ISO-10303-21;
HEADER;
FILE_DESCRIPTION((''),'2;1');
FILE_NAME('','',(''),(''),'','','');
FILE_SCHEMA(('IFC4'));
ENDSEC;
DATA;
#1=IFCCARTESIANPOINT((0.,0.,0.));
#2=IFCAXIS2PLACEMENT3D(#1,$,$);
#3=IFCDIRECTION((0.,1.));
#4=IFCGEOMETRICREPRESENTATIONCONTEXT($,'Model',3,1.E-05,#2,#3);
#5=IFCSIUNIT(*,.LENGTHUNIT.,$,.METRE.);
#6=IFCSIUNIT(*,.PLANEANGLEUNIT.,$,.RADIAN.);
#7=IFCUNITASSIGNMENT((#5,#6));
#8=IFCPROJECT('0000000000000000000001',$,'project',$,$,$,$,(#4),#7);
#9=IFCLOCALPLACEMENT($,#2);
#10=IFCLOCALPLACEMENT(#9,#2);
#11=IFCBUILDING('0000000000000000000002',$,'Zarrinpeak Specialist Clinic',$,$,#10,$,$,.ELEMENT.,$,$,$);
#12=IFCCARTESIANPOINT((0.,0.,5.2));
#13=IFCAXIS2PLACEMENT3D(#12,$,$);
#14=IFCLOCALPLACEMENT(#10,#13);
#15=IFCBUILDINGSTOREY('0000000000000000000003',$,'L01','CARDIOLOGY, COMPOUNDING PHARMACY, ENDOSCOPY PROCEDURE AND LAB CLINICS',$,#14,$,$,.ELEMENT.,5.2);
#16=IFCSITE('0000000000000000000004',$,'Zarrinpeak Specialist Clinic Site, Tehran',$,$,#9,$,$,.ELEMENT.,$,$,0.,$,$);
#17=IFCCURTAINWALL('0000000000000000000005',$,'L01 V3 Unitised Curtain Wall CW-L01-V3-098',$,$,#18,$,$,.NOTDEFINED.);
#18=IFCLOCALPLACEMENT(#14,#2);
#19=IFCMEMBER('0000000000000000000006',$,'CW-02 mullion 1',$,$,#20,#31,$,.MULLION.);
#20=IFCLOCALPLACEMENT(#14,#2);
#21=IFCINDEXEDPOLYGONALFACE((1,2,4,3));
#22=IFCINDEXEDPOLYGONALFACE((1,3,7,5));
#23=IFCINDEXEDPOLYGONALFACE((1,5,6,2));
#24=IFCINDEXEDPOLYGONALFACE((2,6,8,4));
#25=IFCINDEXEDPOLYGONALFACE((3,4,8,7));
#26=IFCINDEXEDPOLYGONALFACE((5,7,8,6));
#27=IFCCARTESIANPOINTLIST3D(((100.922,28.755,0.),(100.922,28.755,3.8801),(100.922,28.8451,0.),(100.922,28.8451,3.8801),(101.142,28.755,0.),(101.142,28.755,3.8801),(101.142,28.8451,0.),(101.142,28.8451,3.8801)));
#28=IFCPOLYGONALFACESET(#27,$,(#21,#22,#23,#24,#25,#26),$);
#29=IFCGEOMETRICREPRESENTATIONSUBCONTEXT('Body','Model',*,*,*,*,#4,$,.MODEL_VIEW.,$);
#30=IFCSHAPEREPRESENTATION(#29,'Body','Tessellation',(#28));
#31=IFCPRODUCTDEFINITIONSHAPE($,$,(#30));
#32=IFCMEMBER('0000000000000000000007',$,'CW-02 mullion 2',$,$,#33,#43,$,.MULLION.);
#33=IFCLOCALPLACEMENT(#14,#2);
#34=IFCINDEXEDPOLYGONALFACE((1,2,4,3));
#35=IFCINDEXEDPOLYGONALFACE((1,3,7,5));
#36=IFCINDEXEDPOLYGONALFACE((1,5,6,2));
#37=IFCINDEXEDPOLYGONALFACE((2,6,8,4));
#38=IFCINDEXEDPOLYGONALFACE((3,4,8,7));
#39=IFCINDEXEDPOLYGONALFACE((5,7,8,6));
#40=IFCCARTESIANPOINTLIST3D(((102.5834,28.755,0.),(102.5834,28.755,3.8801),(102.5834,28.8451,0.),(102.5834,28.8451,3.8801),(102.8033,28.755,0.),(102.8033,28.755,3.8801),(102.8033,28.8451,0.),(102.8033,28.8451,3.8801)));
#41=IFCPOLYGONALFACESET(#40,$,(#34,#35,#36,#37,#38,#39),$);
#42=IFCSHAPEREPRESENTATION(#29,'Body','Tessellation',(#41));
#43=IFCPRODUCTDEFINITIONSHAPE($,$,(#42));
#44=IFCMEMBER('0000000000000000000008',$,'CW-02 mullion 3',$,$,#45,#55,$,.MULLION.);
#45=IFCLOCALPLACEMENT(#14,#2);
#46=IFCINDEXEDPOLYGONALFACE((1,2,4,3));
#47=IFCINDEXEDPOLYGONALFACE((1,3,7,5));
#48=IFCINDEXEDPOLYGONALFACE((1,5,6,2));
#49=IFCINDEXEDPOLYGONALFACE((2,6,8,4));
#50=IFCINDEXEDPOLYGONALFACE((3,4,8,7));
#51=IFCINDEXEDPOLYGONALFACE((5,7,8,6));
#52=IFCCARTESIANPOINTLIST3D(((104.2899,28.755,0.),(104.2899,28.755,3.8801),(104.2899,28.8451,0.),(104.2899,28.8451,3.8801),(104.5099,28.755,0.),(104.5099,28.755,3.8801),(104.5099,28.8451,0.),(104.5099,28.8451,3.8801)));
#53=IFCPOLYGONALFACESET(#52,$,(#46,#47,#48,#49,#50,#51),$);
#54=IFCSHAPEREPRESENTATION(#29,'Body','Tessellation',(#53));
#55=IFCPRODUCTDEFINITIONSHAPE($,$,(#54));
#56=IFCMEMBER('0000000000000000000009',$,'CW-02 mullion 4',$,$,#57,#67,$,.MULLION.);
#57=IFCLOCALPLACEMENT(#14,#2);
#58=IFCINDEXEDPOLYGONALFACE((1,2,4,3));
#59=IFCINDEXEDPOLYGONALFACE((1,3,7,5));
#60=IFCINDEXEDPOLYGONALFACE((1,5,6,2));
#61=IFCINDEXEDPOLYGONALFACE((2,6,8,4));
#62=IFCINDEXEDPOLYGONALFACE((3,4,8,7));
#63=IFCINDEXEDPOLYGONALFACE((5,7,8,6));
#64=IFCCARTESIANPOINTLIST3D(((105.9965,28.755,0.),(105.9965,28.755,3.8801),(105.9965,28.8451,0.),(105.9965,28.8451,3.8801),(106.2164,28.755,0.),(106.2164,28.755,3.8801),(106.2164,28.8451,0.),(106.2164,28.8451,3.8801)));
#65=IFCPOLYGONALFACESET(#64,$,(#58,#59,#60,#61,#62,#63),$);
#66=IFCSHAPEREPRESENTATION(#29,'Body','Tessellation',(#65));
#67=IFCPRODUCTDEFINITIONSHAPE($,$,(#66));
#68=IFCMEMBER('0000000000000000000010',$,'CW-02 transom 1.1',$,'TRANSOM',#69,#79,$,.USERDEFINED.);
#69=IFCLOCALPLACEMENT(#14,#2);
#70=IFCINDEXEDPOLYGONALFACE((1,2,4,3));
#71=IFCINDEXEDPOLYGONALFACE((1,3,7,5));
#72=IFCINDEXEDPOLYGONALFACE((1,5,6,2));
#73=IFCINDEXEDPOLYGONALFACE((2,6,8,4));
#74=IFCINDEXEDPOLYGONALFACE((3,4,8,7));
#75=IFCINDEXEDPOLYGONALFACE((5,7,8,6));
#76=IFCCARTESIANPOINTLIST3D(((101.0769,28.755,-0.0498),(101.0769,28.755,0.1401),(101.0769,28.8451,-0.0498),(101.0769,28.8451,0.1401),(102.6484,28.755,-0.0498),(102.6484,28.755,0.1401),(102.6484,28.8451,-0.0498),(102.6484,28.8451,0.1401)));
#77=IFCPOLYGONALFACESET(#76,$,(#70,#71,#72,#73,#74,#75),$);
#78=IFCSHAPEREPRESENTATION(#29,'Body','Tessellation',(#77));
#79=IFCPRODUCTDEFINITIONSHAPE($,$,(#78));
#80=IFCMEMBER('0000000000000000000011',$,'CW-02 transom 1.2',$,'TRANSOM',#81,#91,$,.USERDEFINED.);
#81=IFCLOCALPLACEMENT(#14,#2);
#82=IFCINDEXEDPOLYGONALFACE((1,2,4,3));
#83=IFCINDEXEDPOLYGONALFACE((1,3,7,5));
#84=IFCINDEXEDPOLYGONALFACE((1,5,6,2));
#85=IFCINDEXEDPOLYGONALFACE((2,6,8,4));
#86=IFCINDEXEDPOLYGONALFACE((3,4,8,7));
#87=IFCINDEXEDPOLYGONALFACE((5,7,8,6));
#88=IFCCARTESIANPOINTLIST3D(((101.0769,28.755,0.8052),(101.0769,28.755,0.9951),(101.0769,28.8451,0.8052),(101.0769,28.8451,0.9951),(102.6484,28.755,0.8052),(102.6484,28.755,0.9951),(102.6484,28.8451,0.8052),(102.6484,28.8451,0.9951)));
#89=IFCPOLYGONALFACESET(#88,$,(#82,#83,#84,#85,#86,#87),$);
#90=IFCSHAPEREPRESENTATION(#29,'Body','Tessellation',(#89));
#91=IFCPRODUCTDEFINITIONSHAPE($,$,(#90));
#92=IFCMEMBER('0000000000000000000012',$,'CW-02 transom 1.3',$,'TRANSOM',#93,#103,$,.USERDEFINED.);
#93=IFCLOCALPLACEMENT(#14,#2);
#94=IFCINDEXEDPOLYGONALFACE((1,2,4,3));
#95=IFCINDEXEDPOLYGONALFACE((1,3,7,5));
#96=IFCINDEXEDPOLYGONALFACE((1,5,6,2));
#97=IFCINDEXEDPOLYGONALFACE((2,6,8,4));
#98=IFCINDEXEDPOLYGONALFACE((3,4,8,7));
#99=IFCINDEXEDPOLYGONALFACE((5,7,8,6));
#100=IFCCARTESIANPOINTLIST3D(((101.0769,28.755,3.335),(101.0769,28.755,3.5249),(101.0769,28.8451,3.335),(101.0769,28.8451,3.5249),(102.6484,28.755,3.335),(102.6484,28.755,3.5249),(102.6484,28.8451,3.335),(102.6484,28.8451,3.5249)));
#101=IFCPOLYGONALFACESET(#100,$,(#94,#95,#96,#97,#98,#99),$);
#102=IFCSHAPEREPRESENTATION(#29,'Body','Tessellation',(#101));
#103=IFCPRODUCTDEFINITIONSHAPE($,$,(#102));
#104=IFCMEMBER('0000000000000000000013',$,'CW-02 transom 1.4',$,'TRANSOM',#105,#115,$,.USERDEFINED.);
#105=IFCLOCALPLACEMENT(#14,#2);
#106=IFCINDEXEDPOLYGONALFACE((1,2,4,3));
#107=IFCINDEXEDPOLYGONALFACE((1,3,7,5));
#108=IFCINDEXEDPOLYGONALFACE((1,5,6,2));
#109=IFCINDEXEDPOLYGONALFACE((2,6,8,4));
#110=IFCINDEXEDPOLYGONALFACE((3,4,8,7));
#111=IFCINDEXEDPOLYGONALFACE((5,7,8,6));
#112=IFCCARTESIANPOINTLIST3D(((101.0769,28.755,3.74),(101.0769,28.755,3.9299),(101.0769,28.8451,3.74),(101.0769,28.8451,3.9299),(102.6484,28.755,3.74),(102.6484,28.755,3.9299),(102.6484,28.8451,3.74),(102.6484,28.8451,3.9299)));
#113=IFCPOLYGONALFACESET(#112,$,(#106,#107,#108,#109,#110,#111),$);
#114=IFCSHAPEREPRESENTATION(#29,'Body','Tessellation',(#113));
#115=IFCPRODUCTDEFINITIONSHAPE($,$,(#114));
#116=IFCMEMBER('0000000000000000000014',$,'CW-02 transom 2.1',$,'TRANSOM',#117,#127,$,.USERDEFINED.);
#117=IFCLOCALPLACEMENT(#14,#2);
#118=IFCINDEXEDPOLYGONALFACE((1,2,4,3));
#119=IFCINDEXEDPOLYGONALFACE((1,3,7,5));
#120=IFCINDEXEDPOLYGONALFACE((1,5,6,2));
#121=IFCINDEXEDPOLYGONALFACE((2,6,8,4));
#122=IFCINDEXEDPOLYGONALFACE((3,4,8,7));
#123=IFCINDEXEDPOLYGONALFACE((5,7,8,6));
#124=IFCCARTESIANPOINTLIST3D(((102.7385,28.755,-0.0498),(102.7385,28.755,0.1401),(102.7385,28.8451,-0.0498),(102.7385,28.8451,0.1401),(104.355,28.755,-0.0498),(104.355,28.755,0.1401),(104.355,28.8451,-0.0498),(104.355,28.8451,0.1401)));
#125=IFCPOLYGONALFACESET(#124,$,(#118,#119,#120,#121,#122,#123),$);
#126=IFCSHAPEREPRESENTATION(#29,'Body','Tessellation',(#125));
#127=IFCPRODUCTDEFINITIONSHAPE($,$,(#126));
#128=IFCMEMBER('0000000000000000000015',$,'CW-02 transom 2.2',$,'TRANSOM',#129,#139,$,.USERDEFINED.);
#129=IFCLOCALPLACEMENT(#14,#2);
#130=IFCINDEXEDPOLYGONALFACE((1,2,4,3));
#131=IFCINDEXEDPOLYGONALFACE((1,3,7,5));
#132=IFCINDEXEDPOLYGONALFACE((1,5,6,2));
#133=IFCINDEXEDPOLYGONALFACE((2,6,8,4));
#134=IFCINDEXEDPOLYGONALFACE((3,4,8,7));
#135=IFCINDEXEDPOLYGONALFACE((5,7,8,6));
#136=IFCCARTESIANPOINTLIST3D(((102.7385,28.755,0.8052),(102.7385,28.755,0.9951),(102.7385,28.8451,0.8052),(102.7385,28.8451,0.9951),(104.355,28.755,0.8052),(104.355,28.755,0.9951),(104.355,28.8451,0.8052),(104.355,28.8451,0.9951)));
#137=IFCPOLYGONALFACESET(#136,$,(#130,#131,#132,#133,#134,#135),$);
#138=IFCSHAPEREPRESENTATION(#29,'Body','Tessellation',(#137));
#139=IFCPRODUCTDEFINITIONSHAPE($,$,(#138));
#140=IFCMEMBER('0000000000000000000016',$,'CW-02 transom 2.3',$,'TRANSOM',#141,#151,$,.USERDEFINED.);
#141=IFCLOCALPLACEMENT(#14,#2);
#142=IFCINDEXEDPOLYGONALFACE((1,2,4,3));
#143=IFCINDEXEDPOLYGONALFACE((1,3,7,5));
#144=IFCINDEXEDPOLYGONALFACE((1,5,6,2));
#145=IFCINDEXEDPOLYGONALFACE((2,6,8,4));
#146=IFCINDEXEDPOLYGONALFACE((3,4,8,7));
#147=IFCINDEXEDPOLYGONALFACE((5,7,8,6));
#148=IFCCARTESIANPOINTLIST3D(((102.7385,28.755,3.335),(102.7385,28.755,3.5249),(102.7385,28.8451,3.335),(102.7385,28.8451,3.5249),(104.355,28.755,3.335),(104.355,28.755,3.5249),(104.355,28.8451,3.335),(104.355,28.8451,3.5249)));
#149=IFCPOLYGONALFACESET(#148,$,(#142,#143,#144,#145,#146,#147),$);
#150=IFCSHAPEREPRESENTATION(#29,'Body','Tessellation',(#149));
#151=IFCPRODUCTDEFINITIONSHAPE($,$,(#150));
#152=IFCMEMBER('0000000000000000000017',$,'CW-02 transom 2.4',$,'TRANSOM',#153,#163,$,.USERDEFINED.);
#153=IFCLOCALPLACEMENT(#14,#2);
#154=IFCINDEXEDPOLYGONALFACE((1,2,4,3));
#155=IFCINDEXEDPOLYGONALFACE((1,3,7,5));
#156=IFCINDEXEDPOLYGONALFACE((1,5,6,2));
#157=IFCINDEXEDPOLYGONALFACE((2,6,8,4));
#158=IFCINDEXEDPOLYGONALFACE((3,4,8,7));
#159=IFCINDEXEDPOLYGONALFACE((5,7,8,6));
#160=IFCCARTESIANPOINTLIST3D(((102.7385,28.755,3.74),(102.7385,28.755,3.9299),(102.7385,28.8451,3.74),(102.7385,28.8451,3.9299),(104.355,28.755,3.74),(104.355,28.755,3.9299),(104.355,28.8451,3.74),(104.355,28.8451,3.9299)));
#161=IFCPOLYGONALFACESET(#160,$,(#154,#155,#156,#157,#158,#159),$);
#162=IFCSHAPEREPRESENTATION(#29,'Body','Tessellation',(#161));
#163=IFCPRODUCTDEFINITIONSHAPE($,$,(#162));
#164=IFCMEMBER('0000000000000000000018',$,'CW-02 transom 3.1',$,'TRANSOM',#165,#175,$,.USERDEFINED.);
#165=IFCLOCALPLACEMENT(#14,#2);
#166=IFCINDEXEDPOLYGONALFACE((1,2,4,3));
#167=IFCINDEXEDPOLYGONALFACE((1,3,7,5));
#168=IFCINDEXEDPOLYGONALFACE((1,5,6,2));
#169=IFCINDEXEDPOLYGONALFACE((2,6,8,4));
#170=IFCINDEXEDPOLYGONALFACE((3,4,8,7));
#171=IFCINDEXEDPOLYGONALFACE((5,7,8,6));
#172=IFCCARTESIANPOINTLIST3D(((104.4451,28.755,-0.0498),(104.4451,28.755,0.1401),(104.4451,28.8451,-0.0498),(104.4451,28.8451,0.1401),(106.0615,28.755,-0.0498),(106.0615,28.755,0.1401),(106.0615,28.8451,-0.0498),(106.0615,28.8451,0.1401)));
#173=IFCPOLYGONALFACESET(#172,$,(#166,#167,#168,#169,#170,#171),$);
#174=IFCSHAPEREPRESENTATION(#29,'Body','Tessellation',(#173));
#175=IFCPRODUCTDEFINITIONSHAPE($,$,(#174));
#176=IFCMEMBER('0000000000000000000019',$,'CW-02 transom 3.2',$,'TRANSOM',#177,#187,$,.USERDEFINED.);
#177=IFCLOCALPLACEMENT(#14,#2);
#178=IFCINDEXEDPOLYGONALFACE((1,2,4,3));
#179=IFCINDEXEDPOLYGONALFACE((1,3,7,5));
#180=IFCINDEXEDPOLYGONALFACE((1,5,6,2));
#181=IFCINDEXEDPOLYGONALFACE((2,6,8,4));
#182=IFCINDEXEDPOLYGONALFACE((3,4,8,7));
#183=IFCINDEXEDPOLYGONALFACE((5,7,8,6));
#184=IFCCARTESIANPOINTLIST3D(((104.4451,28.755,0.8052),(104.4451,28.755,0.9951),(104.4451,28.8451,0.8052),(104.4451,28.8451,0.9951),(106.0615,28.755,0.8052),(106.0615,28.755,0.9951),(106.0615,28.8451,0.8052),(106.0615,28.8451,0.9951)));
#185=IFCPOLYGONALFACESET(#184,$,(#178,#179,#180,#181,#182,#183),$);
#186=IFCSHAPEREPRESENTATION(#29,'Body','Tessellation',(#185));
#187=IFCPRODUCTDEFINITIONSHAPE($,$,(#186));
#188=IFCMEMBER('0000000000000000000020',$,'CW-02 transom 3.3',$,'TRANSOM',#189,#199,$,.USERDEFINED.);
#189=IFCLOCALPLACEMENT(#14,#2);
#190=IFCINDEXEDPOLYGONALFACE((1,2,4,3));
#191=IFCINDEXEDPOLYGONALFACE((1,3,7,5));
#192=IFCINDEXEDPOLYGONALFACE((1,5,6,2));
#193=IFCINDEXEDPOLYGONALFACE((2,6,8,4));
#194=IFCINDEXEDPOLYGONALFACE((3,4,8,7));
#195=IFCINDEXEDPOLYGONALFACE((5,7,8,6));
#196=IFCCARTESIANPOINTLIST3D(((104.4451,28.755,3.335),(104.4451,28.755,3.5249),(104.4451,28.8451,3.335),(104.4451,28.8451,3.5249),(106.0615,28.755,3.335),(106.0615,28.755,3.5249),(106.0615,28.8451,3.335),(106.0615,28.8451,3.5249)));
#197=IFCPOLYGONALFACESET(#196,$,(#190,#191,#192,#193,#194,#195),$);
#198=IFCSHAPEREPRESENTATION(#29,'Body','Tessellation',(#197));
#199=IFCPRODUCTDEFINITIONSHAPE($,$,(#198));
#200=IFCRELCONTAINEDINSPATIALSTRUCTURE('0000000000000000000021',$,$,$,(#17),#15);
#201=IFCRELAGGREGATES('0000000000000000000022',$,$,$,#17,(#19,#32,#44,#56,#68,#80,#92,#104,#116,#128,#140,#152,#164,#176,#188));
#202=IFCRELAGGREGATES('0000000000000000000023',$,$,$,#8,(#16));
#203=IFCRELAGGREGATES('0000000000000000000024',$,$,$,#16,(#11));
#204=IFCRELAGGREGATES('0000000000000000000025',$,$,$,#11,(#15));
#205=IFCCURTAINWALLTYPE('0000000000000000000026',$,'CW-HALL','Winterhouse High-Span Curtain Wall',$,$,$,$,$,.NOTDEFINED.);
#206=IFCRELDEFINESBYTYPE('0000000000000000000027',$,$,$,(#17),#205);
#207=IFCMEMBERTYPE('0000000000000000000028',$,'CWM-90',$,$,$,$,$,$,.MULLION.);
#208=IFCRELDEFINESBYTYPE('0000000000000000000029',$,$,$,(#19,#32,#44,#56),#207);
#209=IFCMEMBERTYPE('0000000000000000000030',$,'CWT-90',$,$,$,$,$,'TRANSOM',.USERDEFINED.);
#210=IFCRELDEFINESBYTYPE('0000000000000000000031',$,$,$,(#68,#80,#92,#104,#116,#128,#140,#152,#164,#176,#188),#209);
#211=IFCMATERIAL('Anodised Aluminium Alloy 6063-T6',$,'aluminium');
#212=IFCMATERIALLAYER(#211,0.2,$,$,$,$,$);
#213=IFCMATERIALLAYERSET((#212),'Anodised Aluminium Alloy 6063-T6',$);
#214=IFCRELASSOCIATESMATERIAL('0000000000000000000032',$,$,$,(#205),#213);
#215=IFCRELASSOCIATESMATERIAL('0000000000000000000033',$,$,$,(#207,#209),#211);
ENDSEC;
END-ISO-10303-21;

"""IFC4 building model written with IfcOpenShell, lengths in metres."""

from ifc_helpers import new_model, si_unit, direction, frame, origin, origin_2d, place, context, subcontext, project, spatial, rectangle, extrude, material, layer, layer_set, material_profile, profile_set, type_object, element, aggregate, save


model = new_model("IFC4")

# Units and contexts
model_context = context("Model", 3, precision=1e-05, world=origin(), true_north=direction((0.0, 1.0)))
body_context = subcontext(model_context, "Body", "Model", "MODEL_VIEW")
ifc_project = project(units=[si_unit("LENGTHUNIT", "METRE"), si_unit("PLANEANGLEUNIT", "RADIAN")], contexts=[model_context])

# Site, building, storey
site_placement = place(None, origin())
site = spatial("IfcSite", under=ifc_project, at=site_placement, Name="Zarrinpeak Specialist Clinic Site, Tehran", CompositionType="ELEMENT", RefElevation=0.0)
building_placement = place(site_placement, origin())
building = spatial("IfcBuilding", under=site, at=building_placement, Name="Zarrinpeak Specialist Clinic", CompositionType="ELEMENT")
storey_placement = place(building_placement, frame((0.0, 0.0, 5.2)))
storey = spatial("IfcBuildingStorey", under=building, at=storey_placement, Name="L01", Description="CARDIOLOGY, COMPOUNDING PHARMACY, ENDOSCOPY PROCEDURE AND LAB CLINICS", CompositionType="ELEMENT", Elevation=5.2)

# Curtain wall, members
ifc_material_1 = material(Name="Anodised Aluminium Alloy 6063-T6", Category="aluminium")
ifc_layer_1 = layer(ifc_material_1, 0.2)
ifc_layer_set_1 = layer_set([ifc_layer_1], Name="Anodised Aluminium Alloy 6063-T6")
curtain_wall_type = type_object("IfcCurtainWallType", Name="CW-HALL", Description="Winterhouse High-Span Curtain Wall", PredefinedType="NOTDEFINED", material=ifc_layer_set_1)
curtain_wall_placement = place(storey_placement, origin())
curtain_wall = element("IfcCurtainWall", 1, at=curtain_wall_placement, inside=storey, type_object=curtain_wall_type, Name="L01 V3 Unitised Curtain Wall CW-L01-V3-098", PredefinedType="NOTDEFINED")
ifc_material_profile_1 = material_profile(ifc_material_1, rectangle(XDim=0.0901, YDim=0.22, at=origin_2d()), Name="ALU 90x220")
ifc_profile_set_1 = profile_set([ifc_material_profile_1], Name="Anodised Aluminium Alloy 6063-T6")
member_type_1 = type_object("IfcMemberType", Name="CWM-90", PredefinedType="MULLION", material=ifc_profile_set_1)
member_1_placement = place(storey_placement, frame((101.032, 28.8, 0.0), z_axis=(0.0, 0.0, 1.0), x_axis=(0.0, 1.0, 0.0)))
member_1 = element("IfcMember", 2, at=member_1_placement, type_object=member_type_1, Name="CW-02 mullion 1", PredefinedType="MULLION", context=body_context, shape_type="SweptSolid", body=[
    extrude(rectangle(XDim=0.0901, YDim=0.22, at=origin_2d()), origin(), (0.0, 0.0, 1.0), 3.8801),
])
member_2_placement = place(storey_placement, frame((102.6934, 28.8, 0.0), z_axis=(0.0, 0.0, 1.0), x_axis=(0.0, 1.0, 0.0)))
member_2 = element("IfcMember", 3, at=member_2_placement, type_object=member_type_1, Name="CW-02 mullion 2", PredefinedType="MULLION", context=body_context, shape_type="SweptSolid", body=[
    extrude(rectangle(XDim=0.0901, YDim=0.22, at=origin_2d()), origin(), (0.0, 0.0, 1.0), 3.8801),
])
member_3_placement = place(storey_placement, frame((104.3999, 28.8, 0.0), z_axis=(0.0, 0.0, 1.0), x_axis=(0.0, 1.0, 0.0)))
member_3 = element("IfcMember", 4, at=member_3_placement, type_object=member_type_1, Name="CW-02 mullion 3", PredefinedType="MULLION", context=body_context, shape_type="SweptSolid", body=[
    extrude(rectangle(XDim=0.0901, YDim=0.22, at=origin_2d()), origin(), (0.0, 0.0, 1.0), 3.8801),
])
member_4_placement = place(storey_placement, frame((106.1064, 28.8, 0.0), z_axis=(0.0, 0.0, 1.0), x_axis=(0.0, 1.0, 0.0)))
member_4 = element("IfcMember", 5, at=member_4_placement, type_object=member_type_1, Name="CW-02 mullion 4", PredefinedType="MULLION", context=body_context, shape_type="SweptSolid", body=[
    extrude(rectangle(XDim=0.0901, YDim=0.22, at=origin_2d()), origin(), (0.0, 0.0, 1.0), 3.8801),
])
ifc_material_profile_2 = material_profile(ifc_material_1, rectangle(XDim=0.0901, YDim=0.1899, at=origin_2d()), Name="ALU 90x190")
ifc_profile_set_2 = profile_set([ifc_material_profile_2], Name="Anodised Aluminium Alloy 6063-T6")
member_type_2 = type_object("IfcMemberType", Name="CWT-90", ElementType="TRANSOM", PredefinedType="USERDEFINED", material=ifc_profile_set_2)
member_5_placement = place(storey_placement, frame((101.0769, 28.8, 0.0452), z_axis=(1.0, 0.0, 0.0), x_axis=(0.0, 1.0, 0.0)))
member_5 = element("IfcMember", 6, at=member_5_placement, type_object=member_type_2, Name="CW-02 transom 1.1", ObjectType="TRANSOM", PredefinedType="USERDEFINED", context=body_context, shape_type="SweptSolid", body=[
    extrude(rectangle(XDim=0.0901, YDim=0.1899, at=origin_2d()), origin(), (0.0, 0.0, 1.0), 1.5715),
])
member_6_placement = place(storey_placement, frame((101.0769, 28.8, 0.9001), z_axis=(1.0, 0.0, 0.0), x_axis=(0.0, 1.0, 0.0)))
member_6 = element("IfcMember", 7, at=member_6_placement, type_object=member_type_2, Name="CW-02 transom 1.2", ObjectType="TRANSOM", PredefinedType="USERDEFINED", context=body_context, shape_type="SweptSolid", body=[
    extrude(rectangle(XDim=0.0901, YDim=0.1899, at=origin_2d()), origin(), (0.0, 0.0, 1.0), 1.5715),
])
member_7_placement = place(storey_placement, frame((101.0769, 28.8, 3.4299), z_axis=(1.0, 0.0, 0.0), x_axis=(0.0, 1.0, 0.0)))
member_7 = element("IfcMember", 8, at=member_7_placement, type_object=member_type_2, Name="CW-02 transom 1.3", ObjectType="TRANSOM", PredefinedType="USERDEFINED", context=body_context, shape_type="SweptSolid", body=[
    extrude(rectangle(XDim=0.0901, YDim=0.1899, at=origin_2d()), origin(), (0.0, 0.0, 1.0), 1.5715),
])
member_8_placement = place(storey_placement, frame((101.0769, 28.8, 3.835), z_axis=(1.0, 0.0, 0.0), x_axis=(0.0, 1.0, 0.0)))
member_8 = element("IfcMember", 9, at=member_8_placement, type_object=member_type_2, Name="CW-02 transom 1.4", ObjectType="TRANSOM", PredefinedType="USERDEFINED", context=body_context, shape_type="SweptSolid", body=[
    extrude(rectangle(XDim=0.0901, YDim=0.1899, at=origin_2d()), origin(), (0.0, 0.0, 1.0), 1.5715),
])
member_9_placement = place(storey_placement, frame((102.7385, 28.8, 0.0452), z_axis=(1.0, 0.0, 0.0), x_axis=(0.0, 1.0, 0.0)))
member_9 = element("IfcMember", 10, at=member_9_placement, type_object=member_type_2, Name="CW-02 transom 2.1", ObjectType="TRANSOM", PredefinedType="USERDEFINED", context=body_context, shape_type="SweptSolid", body=[
    extrude(rectangle(XDim=0.0901, YDim=0.1899, at=origin_2d()), origin(), (0.0, 0.0, 1.0), 1.6165),
])
member_10_placement = place(storey_placement, frame((102.7385, 28.8, 0.9001), z_axis=(1.0, 0.0, 0.0), x_axis=(0.0, 1.0, 0.0)))
member_10 = element("IfcMember", 11, at=member_10_placement, type_object=member_type_2, Name="CW-02 transom 2.2", ObjectType="TRANSOM", PredefinedType="USERDEFINED", context=body_context, shape_type="SweptSolid", body=[
    extrude(rectangle(XDim=0.0901, YDim=0.1899, at=origin_2d()), origin(), (0.0, 0.0, 1.0), 1.6165),
])
member_11_placement = place(storey_placement, frame((102.7385, 28.8, 3.4299), z_axis=(1.0, 0.0, 0.0), x_axis=(0.0, 1.0, 0.0)))
member_11 = element("IfcMember", 12, at=member_11_placement, type_object=member_type_2, Name="CW-02 transom 2.3", ObjectType="TRANSOM", PredefinedType="USERDEFINED", context=body_context, shape_type="SweptSolid", body=[
    extrude(rectangle(XDim=0.0901, YDim=0.1899, at=origin_2d()), origin(), (0.0, 0.0, 1.0), 1.6165),
])
member_12_placement = place(storey_placement, frame((102.7385, 28.8, 3.835), z_axis=(1.0, 0.0, 0.0), x_axis=(0.0, 1.0, 0.0)))
member_12 = element("IfcMember", 13, at=member_12_placement, type_object=member_type_2, Name="CW-02 transom 2.4", ObjectType="TRANSOM", PredefinedType="USERDEFINED", context=body_context, shape_type="SweptSolid", body=[
    extrude(rectangle(XDim=0.0901, YDim=0.1899, at=origin_2d()), origin(), (0.0, 0.0, 1.0), 1.6165),
])
member_13_placement = place(storey_placement, frame((104.4451, 28.8, 0.0452), z_axis=(1.0, 0.0, 0.0), x_axis=(0.0, 1.0, 0.0)))
member_13 = element("IfcMember", 14, at=member_13_placement, type_object=member_type_2, Name="CW-02 transom 3.1", ObjectType="TRANSOM", PredefinedType="USERDEFINED", context=body_context, shape_type="SweptSolid", body=[
    extrude(rectangle(XDim=0.0901, YDim=0.1899, at=origin_2d()), origin(), (0.0, 0.0, 1.0), 1.6165),
])
member_14_placement = place(storey_placement, frame((104.4451, 28.8, 0.9001), z_axis=(1.0, 0.0, 0.0), x_axis=(0.0, 1.0, 0.0)))
member_14 = element("IfcMember", 15, at=member_14_placement, type_object=member_type_2, Name="CW-02 transom 3.2", ObjectType="TRANSOM", PredefinedType="USERDEFINED", context=body_context, shape_type="SweptSolid", body=[
    extrude(rectangle(XDim=0.0901, YDim=0.1899, at=origin_2d()), origin(), (0.0, 0.0, 1.0), 1.6165),
])
member_15_placement = place(storey_placement, frame((104.4451, 28.8, 3.4299), z_axis=(1.0, 0.0, 0.0), x_axis=(0.0, 1.0, 0.0)))
member_15 = element("IfcMember", 16, at=member_15_placement, type_object=member_type_2, Name="CW-02 transom 3.3", ObjectType="TRANSOM", PredefinedType="USERDEFINED", context=body_context, shape_type="SweptSolid", body=[
    extrude(rectangle(XDim=0.0901, YDim=0.1899, at=origin_2d()), origin(), (0.0, 0.0, 1.0), 1.6165),
])
aggregate(curtain_wall, [member_1, member_2, member_3, member_4, member_5, member_6, member_7, member_8, member_9, member_10, member_11, member_12, member_13, member_14, member_15])

save(model, "model.ifc")
